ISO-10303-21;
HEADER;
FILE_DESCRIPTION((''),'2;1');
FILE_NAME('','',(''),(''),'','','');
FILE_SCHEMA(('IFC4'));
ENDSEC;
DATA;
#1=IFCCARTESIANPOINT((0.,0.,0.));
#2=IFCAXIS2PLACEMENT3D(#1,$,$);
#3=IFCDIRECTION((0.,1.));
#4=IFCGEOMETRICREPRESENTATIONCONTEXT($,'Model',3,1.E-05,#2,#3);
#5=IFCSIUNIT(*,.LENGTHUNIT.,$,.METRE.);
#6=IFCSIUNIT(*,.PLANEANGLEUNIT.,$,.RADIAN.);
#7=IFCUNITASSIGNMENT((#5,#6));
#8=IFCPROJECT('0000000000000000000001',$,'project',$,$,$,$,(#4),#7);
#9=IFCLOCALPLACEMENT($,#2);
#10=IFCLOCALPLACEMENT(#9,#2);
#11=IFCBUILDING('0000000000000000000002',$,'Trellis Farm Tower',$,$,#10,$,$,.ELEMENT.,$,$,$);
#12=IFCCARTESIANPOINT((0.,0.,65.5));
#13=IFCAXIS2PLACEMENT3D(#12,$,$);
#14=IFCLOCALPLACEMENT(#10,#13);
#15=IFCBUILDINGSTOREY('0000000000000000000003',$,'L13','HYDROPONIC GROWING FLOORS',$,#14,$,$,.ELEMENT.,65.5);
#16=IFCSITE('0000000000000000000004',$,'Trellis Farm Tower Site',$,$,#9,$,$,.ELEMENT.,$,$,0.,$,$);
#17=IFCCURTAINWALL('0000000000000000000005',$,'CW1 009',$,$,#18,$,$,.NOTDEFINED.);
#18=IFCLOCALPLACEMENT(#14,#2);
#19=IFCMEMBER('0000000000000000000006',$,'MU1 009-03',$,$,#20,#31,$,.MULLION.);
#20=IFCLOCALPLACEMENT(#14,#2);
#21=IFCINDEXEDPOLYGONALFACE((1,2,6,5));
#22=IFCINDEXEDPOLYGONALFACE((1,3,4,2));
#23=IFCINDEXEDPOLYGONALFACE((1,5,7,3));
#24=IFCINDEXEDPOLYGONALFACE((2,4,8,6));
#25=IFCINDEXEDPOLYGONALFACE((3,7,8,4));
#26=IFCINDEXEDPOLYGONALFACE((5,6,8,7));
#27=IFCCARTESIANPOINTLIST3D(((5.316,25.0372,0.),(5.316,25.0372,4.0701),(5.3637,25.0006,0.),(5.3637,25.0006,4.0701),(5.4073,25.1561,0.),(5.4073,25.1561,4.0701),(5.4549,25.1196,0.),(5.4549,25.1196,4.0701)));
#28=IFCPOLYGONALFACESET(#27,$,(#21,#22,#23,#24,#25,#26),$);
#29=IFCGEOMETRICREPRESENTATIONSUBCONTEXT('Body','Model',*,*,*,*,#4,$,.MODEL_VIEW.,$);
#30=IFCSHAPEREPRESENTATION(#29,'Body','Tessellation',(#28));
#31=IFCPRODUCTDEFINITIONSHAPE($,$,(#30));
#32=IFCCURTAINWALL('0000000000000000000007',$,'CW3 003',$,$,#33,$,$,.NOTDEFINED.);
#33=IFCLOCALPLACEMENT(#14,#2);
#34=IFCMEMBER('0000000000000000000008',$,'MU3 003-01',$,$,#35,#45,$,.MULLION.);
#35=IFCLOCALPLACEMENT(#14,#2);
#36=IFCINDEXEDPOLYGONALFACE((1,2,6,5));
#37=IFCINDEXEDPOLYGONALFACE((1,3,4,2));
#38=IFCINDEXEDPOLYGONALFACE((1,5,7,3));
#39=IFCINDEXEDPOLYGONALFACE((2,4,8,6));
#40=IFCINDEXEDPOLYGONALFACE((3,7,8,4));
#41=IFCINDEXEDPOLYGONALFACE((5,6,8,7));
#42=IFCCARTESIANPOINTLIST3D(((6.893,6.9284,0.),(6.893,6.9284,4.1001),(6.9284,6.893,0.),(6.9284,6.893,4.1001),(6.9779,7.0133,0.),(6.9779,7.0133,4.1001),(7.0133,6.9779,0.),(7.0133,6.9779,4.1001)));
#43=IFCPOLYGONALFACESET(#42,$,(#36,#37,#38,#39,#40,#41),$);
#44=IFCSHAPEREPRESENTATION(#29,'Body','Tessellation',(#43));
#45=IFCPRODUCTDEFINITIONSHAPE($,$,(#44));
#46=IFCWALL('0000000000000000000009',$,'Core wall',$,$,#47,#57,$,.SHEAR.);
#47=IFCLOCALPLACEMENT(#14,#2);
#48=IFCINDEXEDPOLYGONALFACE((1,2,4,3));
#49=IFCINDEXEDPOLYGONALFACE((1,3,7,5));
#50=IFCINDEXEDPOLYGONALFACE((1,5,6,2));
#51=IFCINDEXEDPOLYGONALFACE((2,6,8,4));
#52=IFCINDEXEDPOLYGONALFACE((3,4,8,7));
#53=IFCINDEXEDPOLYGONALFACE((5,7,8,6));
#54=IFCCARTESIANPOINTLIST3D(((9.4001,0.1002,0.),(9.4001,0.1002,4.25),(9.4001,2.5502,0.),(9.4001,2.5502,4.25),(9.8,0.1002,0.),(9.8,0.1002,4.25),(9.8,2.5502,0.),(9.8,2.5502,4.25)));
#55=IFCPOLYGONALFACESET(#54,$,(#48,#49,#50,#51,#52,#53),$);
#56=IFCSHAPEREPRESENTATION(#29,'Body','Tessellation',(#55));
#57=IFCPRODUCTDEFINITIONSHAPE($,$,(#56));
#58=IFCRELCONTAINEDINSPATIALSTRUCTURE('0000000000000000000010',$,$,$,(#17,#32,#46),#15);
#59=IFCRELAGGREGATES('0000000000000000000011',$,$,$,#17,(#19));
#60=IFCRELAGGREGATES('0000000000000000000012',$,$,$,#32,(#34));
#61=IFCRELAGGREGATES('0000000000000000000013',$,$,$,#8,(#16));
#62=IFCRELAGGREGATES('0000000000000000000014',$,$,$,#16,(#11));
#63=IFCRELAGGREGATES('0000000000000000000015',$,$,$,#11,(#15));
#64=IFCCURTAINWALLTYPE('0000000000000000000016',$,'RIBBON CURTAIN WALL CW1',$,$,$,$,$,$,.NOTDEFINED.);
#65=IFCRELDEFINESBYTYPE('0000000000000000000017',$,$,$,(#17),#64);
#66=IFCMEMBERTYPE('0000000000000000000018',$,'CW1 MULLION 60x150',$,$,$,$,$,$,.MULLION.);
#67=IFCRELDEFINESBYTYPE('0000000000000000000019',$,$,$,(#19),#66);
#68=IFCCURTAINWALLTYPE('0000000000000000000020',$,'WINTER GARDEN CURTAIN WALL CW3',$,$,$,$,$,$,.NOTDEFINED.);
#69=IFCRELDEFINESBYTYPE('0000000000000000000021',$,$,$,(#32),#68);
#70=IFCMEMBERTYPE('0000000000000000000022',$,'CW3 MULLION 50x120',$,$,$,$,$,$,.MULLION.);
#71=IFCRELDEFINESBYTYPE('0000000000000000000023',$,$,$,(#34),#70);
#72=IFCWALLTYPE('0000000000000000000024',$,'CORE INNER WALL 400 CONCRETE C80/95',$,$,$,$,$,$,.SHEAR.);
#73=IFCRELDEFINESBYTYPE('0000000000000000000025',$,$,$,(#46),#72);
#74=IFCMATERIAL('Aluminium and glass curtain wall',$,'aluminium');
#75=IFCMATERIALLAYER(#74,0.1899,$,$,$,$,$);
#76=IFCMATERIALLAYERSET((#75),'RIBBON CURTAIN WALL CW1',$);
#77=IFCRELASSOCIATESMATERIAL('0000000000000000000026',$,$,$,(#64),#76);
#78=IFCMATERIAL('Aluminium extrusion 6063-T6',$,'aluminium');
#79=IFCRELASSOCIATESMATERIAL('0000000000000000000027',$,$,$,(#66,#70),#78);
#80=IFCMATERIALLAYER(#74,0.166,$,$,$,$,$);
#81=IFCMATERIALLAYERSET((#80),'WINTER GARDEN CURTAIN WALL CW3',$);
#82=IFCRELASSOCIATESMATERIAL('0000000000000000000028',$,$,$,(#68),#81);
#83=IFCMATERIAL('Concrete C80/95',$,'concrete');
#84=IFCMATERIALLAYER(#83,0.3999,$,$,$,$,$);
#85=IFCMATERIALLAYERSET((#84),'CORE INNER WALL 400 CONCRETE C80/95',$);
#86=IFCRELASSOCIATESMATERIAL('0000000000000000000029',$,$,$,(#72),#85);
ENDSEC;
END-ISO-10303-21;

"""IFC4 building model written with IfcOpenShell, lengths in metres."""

from ifc_helpers import new_model, si_unit, direction, frame, frame_2d, origin, origin_2d, place, context, subcontext, project, spatial, rectangle, extrude, source, transform, mapped, material, layer, layer_set, material_profile, profile_set, type_object, element, aggregate, save


model = new_model("IFC4")

# Units and contexts
model_context = context("Model", 3, precision=1e-05, world=origin(), true_north=direction((0.0, 1.0)))
body_context = subcontext(model_context, "Body", "Model", "MODEL_VIEW")
ifc_project = project(units=[si_unit("LENGTHUNIT", "METRE"), si_unit("PLANEANGLEUNIT", "RADIAN")], contexts=[model_context])

# Site, building, storey
site_placement = place(None, origin())
site = spatial("IfcSite", under=ifc_project, at=site_placement, Name="Trellis Farm Tower Site", CompositionType="ELEMENT", RefElevation=0.0)
building_placement = place(site_placement, origin())
building = spatial("IfcBuilding", under=site, at=building_placement, Name="Trellis Farm Tower", CompositionType="ELEMENT")
storey_placement = place(building_placement, frame((0.0, 0.0, 65.5)))
storey = spatial("IfcBuildingStorey", under=building, at=storey_placement, Name="L13", Description="HYDROPONIC GROWING FLOORS", CompositionType="ELEMENT", Elevation=65.5)

# Shared definitions
ifc_material_1 = material(Name="Concrete C80/95", Category="concrete")

# Curtain wall, member
ifc_material_2 = material(Name="Aluminium and glass curtain wall", Category="aluminium")
ifc_layer_1 = layer(ifc_material_2, 0.1899)
ifc_layer_set_1 = layer_set([ifc_layer_1], Name="RIBBON CURTAIN WALL CW1")
curtain_wall_type_1 = type_object("IfcCurtainWallType", Name="RIBBON CURTAIN WALL CW1", PredefinedType="NOTDEFINED", material=ifc_layer_set_1)
placement = place(storey_placement, origin())
curtain_wall_1 = element("IfcCurtainWall", 1, at=placement, inside=storey, type_object=curtain_wall_type_1, Name="CW1 009", PredefinedType="NOTDEFINED")
ifc_material_3 = material(Name="Aluminium extrusion 6063-T6", Category="aluminium")
ifc_material_profile_1 = material_profile(ifc_material_3, rectangle(XDim=0.0601, YDim=0.1499, at=origin_2d()), Name="MULLION 60x150")
ifc_profile_set_1 = profile_set([ifc_material_profile_1], Name="Aluminium extrusion 6063-T6")
member_type_1 = type_object("IfcMemberType", Name="CW1 MULLION 60x150", PredefinedType="MULLION", material=ifc_profile_set_1)
shared_shape_1 = source(origin(), body_context, "Body", "SweptSolid", [
    extrude(rectangle(XDim=0.0601, YDim=0.1499, at=origin_2d()), origin(), (0.0, 0.0, 1.0), 4.0701),
])
member_1_placement = place(storey_placement, frame((5.3855, 25.0784, 0.0), z_axis=(0.0, 0.0, 1.0), x_axis=(-0.793353, 0.608761, 0.0)))
member_1 = element("IfcMember", 2, at=member_1_placement, type_object=member_type_1, Name="MU1 009-03", PredefinedType="MULLION", context=body_context, shape_type="MappedRepresentation", body=[
    mapped(shared_shape_1, transform((0.0, 0.0, 0.0))),
])
aggregate(curtain_wall_1, [member_1])

# Curtain wall, member
ifc_layer_2 = layer(ifc_material_2, 0.166)
ifc_layer_set_2 = layer_set([ifc_layer_2], Name="WINTER GARDEN CURTAIN WALL CW3")
curtain_wall_type_2 = type_object("IfcCurtainWallType", Name="WINTER GARDEN CURTAIN WALL CW3", PredefinedType="NOTDEFINED", material=ifc_layer_set_2)
curtain_wall_2 = element("IfcCurtainWall", 3, at=placement, inside=storey, type_object=curtain_wall_type_2, Name="CW3 003", PredefinedType="NOTDEFINED")
ifc_material_profile_2 = material_profile(ifc_material_3, rectangle(XDim=0.05, YDim=0.1201, at=origin_2d()), Name="MULLION 50x120")
ifc_profile_set_2 = profile_set([ifc_material_profile_2], Name="Aluminium extrusion 6063-T6")
member_type_2 = type_object("IfcMemberType", Name="CW3 MULLION 50x120", PredefinedType="MULLION", material=ifc_profile_set_2)
shared_shape_2 = source(origin(), body_context, "Body", "SweptSolid", [
    extrude(rectangle(XDim=0.05, YDim=0.1201, at=origin_2d()), origin(), (0.0, 0.0, 1.0), 4.1001),
])
member_2_placement = place(storey_placement, frame((6.9531, 6.9531, 0.0), z_axis=(0.0, 0.0, 1.0), x_axis=(-0.707107, 0.707107, 0.0)))
member_2 = element("IfcMember", 4, at=member_2_placement, type_object=member_type_2, Name="MU3 003-01", PredefinedType="MULLION", context=body_context, shape_type="MappedRepresentation", body=[
    mapped(shared_shape_2, transform((0.0, 0.0, 0.0))),
])
aggregate(curtain_wall_2, [member_2])

# Wall
ifc_layer_3 = layer(ifc_material_1, 0.3999)
ifc_layer_set_3 = layer_set([ifc_layer_3], Name="CORE INNER WALL 400 CONCRETE C80/95")
wall_type_1 = type_object("IfcWallType", Name="CORE INNER WALL 400 CONCRETE C80/95", PredefinedType="SHEAR", material=ifc_layer_set_3)
shared_shape_3 = source(origin(), body_context, "Body", "SweptSolid", [
    extrude(rectangle(XDim=2.45, YDim=0.3999, at=frame_2d((1.2251, 0.0))), origin(), (0.0, 0.0, 1.0), 4.25),
])
wall_1_placement = place(storey_placement, frame((9.6001, 0.1001, 0.0), z_axis=(0.0, 0.0, 1.0), x_axis=(0.0, 1.0, 0.0)))
element("IfcWall", 5, at=wall_1_placement, inside=storey, type_object=wall_type_1, Name="Core wall", PredefinedType="SHEAR", context=body_context, shape_type="MappedRepresentation", body=[
    mapped(shared_shape_3, transform((0.0, 0.0, 0.0))),
])

save(model, "model.ifc")
